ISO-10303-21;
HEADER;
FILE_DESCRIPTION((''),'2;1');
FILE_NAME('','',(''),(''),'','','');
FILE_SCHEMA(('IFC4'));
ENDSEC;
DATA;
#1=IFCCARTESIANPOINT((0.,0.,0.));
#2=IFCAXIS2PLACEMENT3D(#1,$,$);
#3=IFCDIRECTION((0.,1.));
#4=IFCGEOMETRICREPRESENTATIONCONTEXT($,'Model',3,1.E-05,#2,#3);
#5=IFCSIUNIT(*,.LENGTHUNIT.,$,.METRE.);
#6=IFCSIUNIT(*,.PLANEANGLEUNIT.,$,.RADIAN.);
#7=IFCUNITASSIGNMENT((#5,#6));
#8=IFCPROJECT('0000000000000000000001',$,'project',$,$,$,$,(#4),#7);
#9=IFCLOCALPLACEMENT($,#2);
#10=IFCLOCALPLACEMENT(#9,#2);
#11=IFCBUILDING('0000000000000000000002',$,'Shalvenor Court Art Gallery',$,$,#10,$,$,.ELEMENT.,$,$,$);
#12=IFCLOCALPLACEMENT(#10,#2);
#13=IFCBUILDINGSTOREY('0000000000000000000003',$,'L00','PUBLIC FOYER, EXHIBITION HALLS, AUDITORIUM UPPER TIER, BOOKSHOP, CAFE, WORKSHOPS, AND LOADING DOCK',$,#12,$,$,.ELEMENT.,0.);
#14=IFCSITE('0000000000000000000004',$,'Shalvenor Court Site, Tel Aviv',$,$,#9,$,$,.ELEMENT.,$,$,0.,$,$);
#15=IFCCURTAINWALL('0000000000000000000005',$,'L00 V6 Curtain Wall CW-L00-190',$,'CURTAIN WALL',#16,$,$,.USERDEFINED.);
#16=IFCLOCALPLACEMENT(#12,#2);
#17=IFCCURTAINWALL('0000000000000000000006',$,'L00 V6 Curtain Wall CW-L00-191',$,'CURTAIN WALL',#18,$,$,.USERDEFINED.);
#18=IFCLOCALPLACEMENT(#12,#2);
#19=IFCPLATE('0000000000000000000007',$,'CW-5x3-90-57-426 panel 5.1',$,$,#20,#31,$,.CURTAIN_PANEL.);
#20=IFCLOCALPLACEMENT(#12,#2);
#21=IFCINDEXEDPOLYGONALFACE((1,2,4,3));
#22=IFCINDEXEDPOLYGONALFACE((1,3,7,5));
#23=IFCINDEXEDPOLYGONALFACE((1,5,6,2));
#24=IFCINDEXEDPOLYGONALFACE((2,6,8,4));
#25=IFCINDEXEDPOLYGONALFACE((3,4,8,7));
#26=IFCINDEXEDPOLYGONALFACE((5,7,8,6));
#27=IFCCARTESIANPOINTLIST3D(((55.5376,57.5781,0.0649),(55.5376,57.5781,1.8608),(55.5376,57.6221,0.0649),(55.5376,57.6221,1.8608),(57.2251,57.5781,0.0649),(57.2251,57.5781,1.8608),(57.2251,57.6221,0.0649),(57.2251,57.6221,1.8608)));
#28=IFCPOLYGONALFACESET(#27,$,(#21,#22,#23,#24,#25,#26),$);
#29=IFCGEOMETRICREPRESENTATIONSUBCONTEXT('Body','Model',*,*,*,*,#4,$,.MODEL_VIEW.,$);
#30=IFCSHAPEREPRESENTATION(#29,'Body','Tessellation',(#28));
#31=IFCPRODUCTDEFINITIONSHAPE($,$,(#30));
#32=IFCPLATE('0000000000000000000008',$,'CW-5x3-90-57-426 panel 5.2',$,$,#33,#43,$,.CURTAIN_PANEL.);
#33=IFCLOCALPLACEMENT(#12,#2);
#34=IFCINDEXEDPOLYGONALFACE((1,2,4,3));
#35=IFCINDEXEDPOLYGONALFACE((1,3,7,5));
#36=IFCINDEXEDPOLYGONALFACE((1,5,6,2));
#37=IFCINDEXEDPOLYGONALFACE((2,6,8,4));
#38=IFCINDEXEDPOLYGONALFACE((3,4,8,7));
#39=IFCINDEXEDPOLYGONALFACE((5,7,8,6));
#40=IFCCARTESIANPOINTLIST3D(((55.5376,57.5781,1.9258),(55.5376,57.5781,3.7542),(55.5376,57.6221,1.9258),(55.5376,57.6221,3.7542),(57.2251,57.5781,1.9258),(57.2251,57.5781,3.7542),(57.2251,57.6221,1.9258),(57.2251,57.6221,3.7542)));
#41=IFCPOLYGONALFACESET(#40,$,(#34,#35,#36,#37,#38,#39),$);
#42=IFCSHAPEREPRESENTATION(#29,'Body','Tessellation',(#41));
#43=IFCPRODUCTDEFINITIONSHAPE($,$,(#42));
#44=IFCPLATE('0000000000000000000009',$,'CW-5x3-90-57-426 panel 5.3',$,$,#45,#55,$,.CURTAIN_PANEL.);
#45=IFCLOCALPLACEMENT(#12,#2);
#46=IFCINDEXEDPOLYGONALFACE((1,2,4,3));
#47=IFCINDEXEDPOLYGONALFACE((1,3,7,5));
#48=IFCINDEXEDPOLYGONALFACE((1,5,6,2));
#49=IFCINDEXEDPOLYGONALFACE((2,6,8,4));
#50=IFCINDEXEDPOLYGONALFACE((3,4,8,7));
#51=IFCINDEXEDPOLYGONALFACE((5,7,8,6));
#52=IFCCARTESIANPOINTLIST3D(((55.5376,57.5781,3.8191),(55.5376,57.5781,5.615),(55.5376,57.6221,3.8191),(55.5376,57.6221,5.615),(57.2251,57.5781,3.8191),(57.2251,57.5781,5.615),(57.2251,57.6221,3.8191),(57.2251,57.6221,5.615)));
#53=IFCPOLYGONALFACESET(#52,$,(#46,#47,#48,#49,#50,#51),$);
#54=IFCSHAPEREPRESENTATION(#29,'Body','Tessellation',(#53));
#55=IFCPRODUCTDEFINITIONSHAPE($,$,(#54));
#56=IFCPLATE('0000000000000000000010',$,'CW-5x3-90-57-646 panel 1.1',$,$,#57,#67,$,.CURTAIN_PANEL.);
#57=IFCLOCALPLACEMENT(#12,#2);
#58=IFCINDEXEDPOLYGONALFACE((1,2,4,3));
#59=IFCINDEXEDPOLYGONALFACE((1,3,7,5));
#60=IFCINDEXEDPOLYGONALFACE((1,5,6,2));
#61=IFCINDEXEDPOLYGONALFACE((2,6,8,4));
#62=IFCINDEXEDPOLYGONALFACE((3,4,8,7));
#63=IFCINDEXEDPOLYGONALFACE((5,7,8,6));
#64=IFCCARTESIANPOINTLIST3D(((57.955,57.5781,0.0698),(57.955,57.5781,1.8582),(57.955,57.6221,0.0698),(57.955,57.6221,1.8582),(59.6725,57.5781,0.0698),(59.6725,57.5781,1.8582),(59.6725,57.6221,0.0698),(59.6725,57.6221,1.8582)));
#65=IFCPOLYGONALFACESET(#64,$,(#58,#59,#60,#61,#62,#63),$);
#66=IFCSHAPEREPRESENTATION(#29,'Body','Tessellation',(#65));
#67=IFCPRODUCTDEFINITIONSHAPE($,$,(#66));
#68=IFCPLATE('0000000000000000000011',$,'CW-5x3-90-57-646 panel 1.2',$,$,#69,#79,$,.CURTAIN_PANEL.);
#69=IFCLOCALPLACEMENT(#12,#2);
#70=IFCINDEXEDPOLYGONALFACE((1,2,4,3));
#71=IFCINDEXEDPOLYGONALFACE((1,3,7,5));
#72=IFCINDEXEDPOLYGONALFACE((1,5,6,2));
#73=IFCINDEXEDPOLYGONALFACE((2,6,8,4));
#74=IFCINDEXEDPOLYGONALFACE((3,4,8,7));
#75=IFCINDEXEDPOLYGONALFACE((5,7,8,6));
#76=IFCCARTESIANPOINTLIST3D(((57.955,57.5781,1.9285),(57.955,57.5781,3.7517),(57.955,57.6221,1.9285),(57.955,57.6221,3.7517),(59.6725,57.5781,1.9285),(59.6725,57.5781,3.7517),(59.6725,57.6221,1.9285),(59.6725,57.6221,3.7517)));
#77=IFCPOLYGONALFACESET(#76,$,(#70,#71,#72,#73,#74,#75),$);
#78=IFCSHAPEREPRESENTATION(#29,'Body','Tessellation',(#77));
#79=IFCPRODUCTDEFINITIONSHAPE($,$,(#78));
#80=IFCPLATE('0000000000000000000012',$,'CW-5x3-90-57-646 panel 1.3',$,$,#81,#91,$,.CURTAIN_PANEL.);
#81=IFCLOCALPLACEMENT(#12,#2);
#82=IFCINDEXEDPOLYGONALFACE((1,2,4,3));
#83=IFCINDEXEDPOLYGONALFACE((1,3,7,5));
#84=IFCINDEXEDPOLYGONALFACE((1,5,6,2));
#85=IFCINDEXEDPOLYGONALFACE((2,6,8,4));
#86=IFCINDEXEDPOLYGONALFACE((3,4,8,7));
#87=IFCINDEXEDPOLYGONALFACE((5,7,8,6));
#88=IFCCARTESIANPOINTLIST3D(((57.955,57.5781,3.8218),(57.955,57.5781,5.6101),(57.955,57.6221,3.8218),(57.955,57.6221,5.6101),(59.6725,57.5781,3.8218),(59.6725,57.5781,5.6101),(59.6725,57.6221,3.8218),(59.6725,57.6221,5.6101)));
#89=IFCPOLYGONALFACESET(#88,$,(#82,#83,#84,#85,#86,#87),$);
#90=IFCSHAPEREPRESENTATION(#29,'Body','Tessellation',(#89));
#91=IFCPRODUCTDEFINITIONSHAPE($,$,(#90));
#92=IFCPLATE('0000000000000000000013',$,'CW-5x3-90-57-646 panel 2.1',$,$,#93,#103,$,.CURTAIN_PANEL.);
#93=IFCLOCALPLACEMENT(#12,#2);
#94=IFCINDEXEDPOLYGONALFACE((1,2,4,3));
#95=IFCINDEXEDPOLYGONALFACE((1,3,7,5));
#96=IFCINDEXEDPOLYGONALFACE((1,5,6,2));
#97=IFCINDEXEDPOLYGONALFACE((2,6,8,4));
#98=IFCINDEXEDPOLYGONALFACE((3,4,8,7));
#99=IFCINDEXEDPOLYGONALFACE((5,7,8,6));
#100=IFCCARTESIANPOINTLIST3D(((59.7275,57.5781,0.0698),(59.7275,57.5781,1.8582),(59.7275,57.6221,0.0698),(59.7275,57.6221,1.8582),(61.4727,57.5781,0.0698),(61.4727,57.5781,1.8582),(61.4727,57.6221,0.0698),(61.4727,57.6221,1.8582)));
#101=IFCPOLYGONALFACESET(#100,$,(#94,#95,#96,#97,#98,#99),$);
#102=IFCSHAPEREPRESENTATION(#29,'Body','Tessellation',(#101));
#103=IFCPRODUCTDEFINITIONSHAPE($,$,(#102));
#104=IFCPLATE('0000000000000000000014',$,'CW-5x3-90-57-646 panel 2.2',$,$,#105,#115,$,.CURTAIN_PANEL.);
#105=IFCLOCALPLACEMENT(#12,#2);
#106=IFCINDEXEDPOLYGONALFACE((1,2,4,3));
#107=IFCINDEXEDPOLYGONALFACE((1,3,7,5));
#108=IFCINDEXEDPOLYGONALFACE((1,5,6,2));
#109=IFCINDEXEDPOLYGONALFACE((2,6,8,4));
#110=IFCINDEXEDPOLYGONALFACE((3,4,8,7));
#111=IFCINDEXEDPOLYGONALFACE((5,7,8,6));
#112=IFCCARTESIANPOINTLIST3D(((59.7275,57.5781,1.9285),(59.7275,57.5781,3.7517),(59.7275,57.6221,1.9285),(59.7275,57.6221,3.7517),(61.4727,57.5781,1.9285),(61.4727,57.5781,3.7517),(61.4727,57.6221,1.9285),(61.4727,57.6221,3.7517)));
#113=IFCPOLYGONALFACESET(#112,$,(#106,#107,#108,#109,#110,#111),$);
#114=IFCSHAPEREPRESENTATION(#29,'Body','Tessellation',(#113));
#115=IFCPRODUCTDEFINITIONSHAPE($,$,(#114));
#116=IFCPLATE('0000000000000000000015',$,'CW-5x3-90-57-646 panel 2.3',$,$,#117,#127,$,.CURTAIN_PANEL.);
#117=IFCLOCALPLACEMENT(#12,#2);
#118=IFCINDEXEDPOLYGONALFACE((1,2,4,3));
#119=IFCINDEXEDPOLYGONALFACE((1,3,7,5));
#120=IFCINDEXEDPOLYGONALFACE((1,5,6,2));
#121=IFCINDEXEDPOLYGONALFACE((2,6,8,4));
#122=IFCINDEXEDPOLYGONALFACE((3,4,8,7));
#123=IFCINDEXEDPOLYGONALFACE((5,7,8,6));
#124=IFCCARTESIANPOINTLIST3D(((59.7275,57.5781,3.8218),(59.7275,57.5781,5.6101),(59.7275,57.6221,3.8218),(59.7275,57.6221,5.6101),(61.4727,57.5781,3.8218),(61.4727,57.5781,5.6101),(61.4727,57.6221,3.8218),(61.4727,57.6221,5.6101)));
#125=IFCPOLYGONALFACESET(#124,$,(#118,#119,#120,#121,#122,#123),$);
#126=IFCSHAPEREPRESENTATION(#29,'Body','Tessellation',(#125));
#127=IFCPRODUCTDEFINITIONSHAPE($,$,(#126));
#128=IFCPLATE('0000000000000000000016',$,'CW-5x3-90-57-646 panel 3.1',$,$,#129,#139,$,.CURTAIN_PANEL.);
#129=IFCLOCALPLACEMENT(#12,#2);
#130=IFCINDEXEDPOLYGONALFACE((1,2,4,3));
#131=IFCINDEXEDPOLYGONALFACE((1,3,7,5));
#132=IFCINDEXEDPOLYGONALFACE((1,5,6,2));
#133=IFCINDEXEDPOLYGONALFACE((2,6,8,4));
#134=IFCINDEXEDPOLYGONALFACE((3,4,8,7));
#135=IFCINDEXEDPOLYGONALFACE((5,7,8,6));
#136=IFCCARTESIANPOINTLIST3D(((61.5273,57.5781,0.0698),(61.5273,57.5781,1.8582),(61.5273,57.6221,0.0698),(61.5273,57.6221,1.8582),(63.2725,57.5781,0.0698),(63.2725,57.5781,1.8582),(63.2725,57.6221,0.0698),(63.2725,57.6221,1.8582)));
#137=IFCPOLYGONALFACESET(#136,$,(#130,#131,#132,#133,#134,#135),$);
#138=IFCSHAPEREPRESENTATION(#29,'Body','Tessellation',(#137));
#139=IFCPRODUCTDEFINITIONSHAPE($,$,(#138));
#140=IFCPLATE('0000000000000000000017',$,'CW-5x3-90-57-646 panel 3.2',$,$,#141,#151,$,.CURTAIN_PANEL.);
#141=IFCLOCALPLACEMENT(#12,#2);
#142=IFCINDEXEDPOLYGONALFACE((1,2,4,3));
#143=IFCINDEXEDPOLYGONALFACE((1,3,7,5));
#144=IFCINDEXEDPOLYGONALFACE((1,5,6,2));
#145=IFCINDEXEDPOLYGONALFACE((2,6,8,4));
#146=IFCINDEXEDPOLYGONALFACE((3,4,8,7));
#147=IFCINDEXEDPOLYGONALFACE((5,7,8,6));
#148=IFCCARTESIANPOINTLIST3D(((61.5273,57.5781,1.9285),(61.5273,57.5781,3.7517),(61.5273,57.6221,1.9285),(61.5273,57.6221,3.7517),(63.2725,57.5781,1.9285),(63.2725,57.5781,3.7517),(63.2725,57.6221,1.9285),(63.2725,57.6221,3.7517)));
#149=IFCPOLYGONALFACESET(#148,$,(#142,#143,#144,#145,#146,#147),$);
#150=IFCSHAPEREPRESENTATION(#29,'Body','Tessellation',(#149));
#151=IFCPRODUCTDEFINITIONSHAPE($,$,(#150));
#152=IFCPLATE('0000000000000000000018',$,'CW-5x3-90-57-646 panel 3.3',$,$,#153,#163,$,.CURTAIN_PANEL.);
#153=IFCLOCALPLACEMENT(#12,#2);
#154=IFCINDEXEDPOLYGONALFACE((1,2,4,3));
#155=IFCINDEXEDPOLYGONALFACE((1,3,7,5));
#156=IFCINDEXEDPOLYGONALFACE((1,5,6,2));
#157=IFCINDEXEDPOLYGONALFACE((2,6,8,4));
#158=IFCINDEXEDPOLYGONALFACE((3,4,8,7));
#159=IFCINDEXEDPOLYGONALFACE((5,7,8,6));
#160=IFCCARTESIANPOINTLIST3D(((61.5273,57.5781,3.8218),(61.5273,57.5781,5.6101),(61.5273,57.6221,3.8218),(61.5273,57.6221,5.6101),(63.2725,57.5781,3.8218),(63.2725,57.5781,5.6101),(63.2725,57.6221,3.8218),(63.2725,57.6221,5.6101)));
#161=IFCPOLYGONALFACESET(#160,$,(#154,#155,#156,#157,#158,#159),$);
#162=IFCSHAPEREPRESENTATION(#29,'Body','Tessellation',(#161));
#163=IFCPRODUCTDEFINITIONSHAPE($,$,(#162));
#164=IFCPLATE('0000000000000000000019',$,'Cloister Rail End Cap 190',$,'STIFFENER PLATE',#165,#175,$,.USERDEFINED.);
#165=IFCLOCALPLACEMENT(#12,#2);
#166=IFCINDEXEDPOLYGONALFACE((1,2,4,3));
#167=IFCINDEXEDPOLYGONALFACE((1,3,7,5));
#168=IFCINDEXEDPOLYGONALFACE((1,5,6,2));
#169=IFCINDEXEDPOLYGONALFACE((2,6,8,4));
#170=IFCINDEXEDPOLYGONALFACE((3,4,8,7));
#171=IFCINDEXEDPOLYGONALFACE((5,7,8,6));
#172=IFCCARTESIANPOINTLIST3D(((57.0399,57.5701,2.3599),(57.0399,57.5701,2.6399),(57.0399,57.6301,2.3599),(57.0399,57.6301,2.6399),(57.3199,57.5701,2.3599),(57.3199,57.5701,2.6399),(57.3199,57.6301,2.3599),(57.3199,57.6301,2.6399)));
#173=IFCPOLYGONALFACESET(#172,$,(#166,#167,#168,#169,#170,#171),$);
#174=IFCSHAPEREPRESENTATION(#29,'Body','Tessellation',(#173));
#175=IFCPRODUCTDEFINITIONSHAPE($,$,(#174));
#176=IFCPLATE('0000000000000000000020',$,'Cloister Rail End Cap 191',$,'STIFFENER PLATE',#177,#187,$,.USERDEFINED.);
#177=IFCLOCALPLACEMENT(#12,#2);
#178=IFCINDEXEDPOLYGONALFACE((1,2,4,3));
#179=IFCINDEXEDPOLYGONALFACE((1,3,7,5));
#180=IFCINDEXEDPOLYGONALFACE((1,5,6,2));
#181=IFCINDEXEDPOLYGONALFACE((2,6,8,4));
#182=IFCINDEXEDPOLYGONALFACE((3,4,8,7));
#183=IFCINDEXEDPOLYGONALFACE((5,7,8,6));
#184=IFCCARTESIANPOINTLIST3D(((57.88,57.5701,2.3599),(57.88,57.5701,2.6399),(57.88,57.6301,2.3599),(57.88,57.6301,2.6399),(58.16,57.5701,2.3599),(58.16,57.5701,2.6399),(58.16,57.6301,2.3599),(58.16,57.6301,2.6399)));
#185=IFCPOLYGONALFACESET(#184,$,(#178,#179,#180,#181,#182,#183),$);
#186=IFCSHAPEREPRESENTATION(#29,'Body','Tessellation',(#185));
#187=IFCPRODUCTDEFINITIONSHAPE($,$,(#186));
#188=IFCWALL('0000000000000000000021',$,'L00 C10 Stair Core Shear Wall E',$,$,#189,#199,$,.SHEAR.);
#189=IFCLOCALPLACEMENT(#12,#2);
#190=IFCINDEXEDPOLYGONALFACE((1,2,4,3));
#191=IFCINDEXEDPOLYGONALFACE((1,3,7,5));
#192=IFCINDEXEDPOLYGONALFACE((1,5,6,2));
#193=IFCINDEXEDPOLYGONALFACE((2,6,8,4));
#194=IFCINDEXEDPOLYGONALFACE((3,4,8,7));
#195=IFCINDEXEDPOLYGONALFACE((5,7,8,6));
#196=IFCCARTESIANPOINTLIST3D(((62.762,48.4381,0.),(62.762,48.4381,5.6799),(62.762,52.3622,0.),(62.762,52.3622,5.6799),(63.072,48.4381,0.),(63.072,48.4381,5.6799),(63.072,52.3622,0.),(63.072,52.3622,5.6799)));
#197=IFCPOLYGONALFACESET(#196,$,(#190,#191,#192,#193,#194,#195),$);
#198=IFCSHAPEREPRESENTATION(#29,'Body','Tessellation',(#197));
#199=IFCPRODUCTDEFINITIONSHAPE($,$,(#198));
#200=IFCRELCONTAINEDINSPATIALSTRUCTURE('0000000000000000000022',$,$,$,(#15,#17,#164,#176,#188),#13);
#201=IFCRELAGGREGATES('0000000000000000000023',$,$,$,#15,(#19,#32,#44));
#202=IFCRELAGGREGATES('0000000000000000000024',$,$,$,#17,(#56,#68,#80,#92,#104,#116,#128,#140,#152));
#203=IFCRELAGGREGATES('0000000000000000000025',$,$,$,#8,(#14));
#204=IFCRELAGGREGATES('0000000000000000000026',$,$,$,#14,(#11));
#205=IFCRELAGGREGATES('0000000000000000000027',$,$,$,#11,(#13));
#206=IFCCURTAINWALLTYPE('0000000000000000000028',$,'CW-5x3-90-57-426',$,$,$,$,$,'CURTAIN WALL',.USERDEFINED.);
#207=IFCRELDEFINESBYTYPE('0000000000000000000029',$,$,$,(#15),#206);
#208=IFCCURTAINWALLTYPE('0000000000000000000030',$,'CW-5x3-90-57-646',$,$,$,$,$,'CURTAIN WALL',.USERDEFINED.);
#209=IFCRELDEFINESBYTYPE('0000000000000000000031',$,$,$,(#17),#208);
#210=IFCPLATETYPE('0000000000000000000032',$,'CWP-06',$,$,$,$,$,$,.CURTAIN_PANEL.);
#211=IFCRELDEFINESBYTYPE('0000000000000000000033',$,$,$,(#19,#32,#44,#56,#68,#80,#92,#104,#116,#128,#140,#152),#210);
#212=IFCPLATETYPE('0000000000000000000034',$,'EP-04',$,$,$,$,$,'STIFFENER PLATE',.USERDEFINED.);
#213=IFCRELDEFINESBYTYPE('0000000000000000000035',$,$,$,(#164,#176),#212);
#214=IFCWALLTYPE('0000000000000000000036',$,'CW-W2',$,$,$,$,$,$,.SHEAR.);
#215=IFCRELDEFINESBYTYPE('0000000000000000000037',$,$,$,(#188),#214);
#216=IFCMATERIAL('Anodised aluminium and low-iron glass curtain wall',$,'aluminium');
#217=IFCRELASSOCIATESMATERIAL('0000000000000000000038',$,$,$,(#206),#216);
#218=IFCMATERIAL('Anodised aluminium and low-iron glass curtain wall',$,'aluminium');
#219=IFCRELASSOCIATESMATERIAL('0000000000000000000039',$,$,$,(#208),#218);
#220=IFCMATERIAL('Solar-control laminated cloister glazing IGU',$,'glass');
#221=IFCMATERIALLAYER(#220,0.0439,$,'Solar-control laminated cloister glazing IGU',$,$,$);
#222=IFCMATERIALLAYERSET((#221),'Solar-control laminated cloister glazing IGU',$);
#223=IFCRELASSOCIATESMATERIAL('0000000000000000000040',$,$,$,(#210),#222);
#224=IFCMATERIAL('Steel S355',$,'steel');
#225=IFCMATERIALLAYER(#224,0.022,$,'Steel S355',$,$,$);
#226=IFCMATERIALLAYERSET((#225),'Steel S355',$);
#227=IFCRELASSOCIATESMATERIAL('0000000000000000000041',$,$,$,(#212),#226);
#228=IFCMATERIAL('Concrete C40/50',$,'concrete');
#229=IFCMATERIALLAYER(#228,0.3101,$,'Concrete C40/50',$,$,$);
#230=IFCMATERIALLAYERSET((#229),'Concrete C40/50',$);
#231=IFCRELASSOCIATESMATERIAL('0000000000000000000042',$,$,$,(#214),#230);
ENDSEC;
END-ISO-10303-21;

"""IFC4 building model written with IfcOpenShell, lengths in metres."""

from ifc_helpers import new_model, si_unit, direction, frame, frame_2d, origin, origin_2d, place, context, subcontext, project, spatial, rectangle, extrude, material, layer, layer_set, type_object, element, aggregate, save


model = new_model("IFC4")

# Units and contexts
model_context = context("Model", 3, precision=1e-05, world=origin(), true_north=direction((0.0, 1.0)))
body_context = subcontext(model_context, "Body", "Model", "MODEL_VIEW")
ifc_project = project(units=[si_unit("LENGTHUNIT", "METRE"), si_unit("PLANEANGLEUNIT", "RADIAN")], contexts=[model_context])

# Site, building, storey
site_placement = place(None, origin())
site = spatial("IfcSite", under=ifc_project, at=site_placement, Name="Shalvenor Court Site, Tel Aviv", CompositionType="ELEMENT", RefElevation=0.0)
building_placement = place(site_placement, origin())
building = spatial("IfcBuilding", under=site, at=building_placement, Name="Shalvenor Court Art Gallery", CompositionType="ELEMENT")
storey_placement = place(building_placement, origin())
storey = spatial("IfcBuildingStorey", under=building, at=storey_placement, Name="L00", Description="PUBLIC FOYER, EXHIBITION HALLS, AUDITORIUM UPPER TIER, BOOKSHOP, CAFE, WORKSHOPS, AND LOADING DOCK", CompositionType="ELEMENT", Elevation=0.0)

# Curtain walls
ifc_material_1 = material(Name="Anodised aluminium and low-iron glass curtain wall", Category="aluminium")
curtain_wall_type_1 = type_object("IfcCurtainWallType", Name="CW-5x3-90-57-426", ElementType="CURTAIN WALL", PredefinedType="USERDEFINED", material=ifc_material_1)
curtain_wall_1_placement = place(storey_placement, origin())
curtain_wall_1 = element("IfcCurtainWall", 1, at=curtain_wall_1_placement, inside=storey, type_object=curtain_wall_type_1, Name="L00 V6 Curtain Wall CW-L00-190", ObjectType="CURTAIN WALL", PredefinedType="USERDEFINED")
ifc_material_2 = material(Name="Anodised aluminium and low-iron glass curtain wall", Category="aluminium")
curtain_wall_type_2 = type_object("IfcCurtainWallType", Name="CW-5x3-90-57-646", ElementType="CURTAIN WALL", PredefinedType="USERDEFINED", material=ifc_material_2)
curtain_wall_2_placement = place(storey_placement, origin())
curtain_wall_2 = element("IfcCurtainWall", 2, at=curtain_wall_2_placement, inside=storey, type_object=curtain_wall_type_2, Name="L00 V6 Curtain Wall CW-L00-191", ObjectType="CURTAIN WALL", PredefinedType="USERDEFINED")

# Plates
ifc_material_3 = material(Name="Solar-control laminated cloister glazing IGU", Category="glass")
ifc_layer_1 = layer(ifc_material_3, 0.0439, Name="Solar-control laminated cloister glazing IGU")
ifc_layer_set_1 = layer_set([ifc_layer_1], Name="Solar-control laminated cloister glazing IGU")
plate_type_1 = type_object("IfcPlateType", Name="CWP-06", PredefinedType="CURTAIN_PANEL", material=ifc_layer_set_1)
plate_1_placement = place(storey_placement, frame((56.3813, 57.6001, 0.0649), z_axis=(0.0, 0.0, 1.0), x_axis=(1.0, 0.0, 0.0)))
plate_1 = element("IfcPlate", 3, at=plate_1_placement, type_object=plate_type_1, Name="CW-5x3-90-57-426 panel 5.1", PredefinedType="CURTAIN_PANEL", context=body_context, shape_type="SweptSolid", body=[
    extrude(rectangle(XDim=1.6875, YDim=0.0439, at=origin_2d()), origin(), (0.0, 0.0, 1.0), 1.7959),
])
plate_2_placement = place(storey_placement, frame((56.3813, 57.6001, 1.9258), z_axis=(0.0, 0.0, 1.0), x_axis=(1.0, 0.0, 0.0)))
plate_2 = element("IfcPlate", 4, at=plate_2_placement, type_object=plate_type_1, Name="CW-5x3-90-57-426 panel 5.2", PredefinedType="CURTAIN_PANEL", context=body_context, shape_type="SweptSolid", body=[
    extrude(rectangle(XDim=1.6875, YDim=0.0439, at=origin_2d()), origin(), (0.0, 0.0, 1.0), 1.8284),
])
plate_3_placement = place(storey_placement, frame((56.3813, 57.6001, 3.8191), z_axis=(0.0, 0.0, 1.0), x_axis=(1.0, 0.0, 0.0)))
plate_3 = element("IfcPlate", 5, at=plate_3_placement, type_object=plate_type_1, Name="CW-5x3-90-57-426 panel 5.3", PredefinedType="CURTAIN_PANEL", context=body_context, shape_type="SweptSolid", body=[
    extrude(rectangle(XDim=1.6875, YDim=0.0439, at=origin_2d()), origin(), (0.0, 0.0, 1.0), 1.7959),
])
aggregate(curtain_wall_1, [plate_1, plate_2, plate_3])
plate_4_placement = place(storey_placement, frame((58.8137, 57.6001, 0.0698), z_axis=(0.0, 0.0, 1.0), x_axis=(1.0, 0.0, 0.0)))
plate_4 = element("IfcPlate", 6, at=plate_4_placement, type_object=plate_type_1, Name="CW-5x3-90-57-646 panel 1.1", PredefinedType="CURTAIN_PANEL", context=body_context, shape_type="SweptSolid", body=[
    extrude(rectangle(XDim=1.7175, YDim=0.0439, at=origin_2d()), origin(), (0.0, 0.0, 1.0), 1.7883),
])
plate_5_placement = place(storey_placement, frame((58.8137, 57.6001, 1.9285), z_axis=(0.0, 0.0, 1.0), x_axis=(1.0, 0.0, 0.0)))
plate_5 = element("IfcPlate", 7, at=plate_5_placement, type_object=plate_type_1, Name="CW-5x3-90-57-646 panel 1.2", PredefinedType="CURTAIN_PANEL", context=body_context, shape_type="SweptSolid", body=[
    extrude(rectangle(XDim=1.7175, YDim=0.0439, at=origin_2d()), origin(), (0.0, 0.0, 1.0), 1.8232),
])
plate_6_placement = place(storey_placement, frame((58.8137, 57.6001, 3.8218), z_axis=(0.0, 0.0, 1.0), x_axis=(1.0, 0.0, 0.0)))
plate_6 = element("IfcPlate", 8, at=plate_6_placement, type_object=plate_type_1, Name="CW-5x3-90-57-646 panel 1.3", PredefinedType="CURTAIN_PANEL", context=body_context, shape_type="SweptSolid", body=[
    extrude(rectangle(XDim=1.7175, YDim=0.0439, at=origin_2d()), origin(), (0.0, 0.0, 1.0), 1.7883),
])
plate_7_placement = place(storey_placement, frame((60.6001, 57.6001, 0.0698), z_axis=(0.0, 0.0, 1.0), x_axis=(1.0, 0.0, 0.0)))
plate_7 = element("IfcPlate", 9, at=plate_7_placement, type_object=plate_type_1, Name="CW-5x3-90-57-646 panel 2.1", PredefinedType="CURTAIN_PANEL", context=body_context, shape_type="SweptSolid", body=[
    extrude(rectangle(XDim=1.7451, YDim=0.0439, at=origin_2d()), origin(), (0.0, 0.0, 1.0), 1.7883),
])
plate_8_placement = place(storey_placement, frame((60.6001, 57.6001, 1.9285), z_axis=(0.0, 0.0, 1.0), x_axis=(1.0, 0.0, 0.0)))
plate_8 = element("IfcPlate", 10, at=plate_8_placement, type_object=plate_type_1, Name="CW-5x3-90-57-646 panel 2.2", PredefinedType="CURTAIN_PANEL", context=body_context, shape_type="SweptSolid", body=[
    extrude(rectangle(XDim=1.7451, YDim=0.0439, at=origin_2d()), origin(), (0.0, 0.0, 1.0), 1.8232),
])
plate_9_placement = place(storey_placement, frame((60.6001, 57.6001, 3.8218), z_axis=(0.0, 0.0, 1.0), x_axis=(1.0, 0.0, 0.0)))
plate_9 = element("IfcPlate", 11, at=plate_9_placement, type_object=plate_type_1, Name="CW-5x3-90-57-646 panel 2.3", PredefinedType="CURTAIN_PANEL", context=body_context, shape_type="SweptSolid", body=[
    extrude(rectangle(XDim=1.7451, YDim=0.0439, at=origin_2d()), origin(), (0.0, 0.0, 1.0), 1.7883),
])
plate_10_placement = place(storey_placement, frame((62.3999, 57.6001, 0.0698), z_axis=(0.0, 0.0, 1.0), x_axis=(1.0, 0.0, 0.0)))
plate_10 = element("IfcPlate", 12, at=plate_10_placement, type_object=plate_type_1, Name="CW-5x3-90-57-646 panel 3.1", PredefinedType="CURTAIN_PANEL", context=body_context, shape_type="SweptSolid", body=[
    extrude(rectangle(XDim=1.7451, YDim=0.0439, at=origin_2d()), origin(), (0.0, 0.0, 1.0), 1.7883),
])
plate_11_placement = place(storey_placement, frame((62.3999, 57.6001, 1.9285), z_axis=(0.0, 0.0, 1.0), x_axis=(1.0, 0.0, 0.0)))
plate_11 = element("IfcPlate", 13, at=plate_11_placement, type_object=plate_type_1, Name="CW-5x3-90-57-646 panel 3.2", PredefinedType="CURTAIN_PANEL", context=body_context, shape_type="SweptSolid", body=[
    extrude(rectangle(XDim=1.7451, YDim=0.0439, at=origin_2d()), origin(), (0.0, 0.0, 1.0), 1.8232),
])
plate_12_placement = place(storey_placement, frame((62.3999, 57.6001, 3.8218), z_axis=(0.0, 0.0, 1.0), x_axis=(1.0, 0.0, 0.0)))
plate_12 = element("IfcPlate", 14, at=plate_12_placement, type_object=plate_type_1, Name="CW-5x3-90-57-646 panel 3.3", PredefinedType="CURTAIN_PANEL", context=body_context, shape_type="SweptSolid", body=[
    extrude(rectangle(XDim=1.7451, YDim=0.0439, at=origin_2d()), origin(), (0.0, 0.0, 1.0), 1.7883),
])
aggregate(curtain_wall_2, [plate_4, plate_5, plate_6, plate_7, plate_8, plate_9, plate_10, plate_11, plate_12])

# Plates
ifc_material_4 = material(Name="Steel S355", Category="steel")
ifc_layer_2 = layer(ifc_material_4, 0.022, Name="Steel S355")
ifc_layer_set_2 = layer_set([ifc_layer_2], Name="Steel S355")
plate_type_2 = type_object("IfcPlateType", Name="EP-04", ElementType="STIFFENER PLATE", PredefinedType="USERDEFINED", material=ifc_layer_set_2)
for number, where, z_axis, x_axis, name in (
    (15, (57.1799, 57.6001, 2.3599), (0.0, 0.0, 1.0), (1.0, 0.0, 0.0), "Cloister Rail End Cap 190"),
    (16, (58.02, 57.6001, 2.3599), (0.0, 0.0, 1.0), (1.0, 0.0, 0.0), "Cloister Rail End Cap 191"),
):
    element("IfcPlate", number, at=place(storey_placement, frame(where, z_axis=z_axis, x_axis=x_axis)), inside=storey, type_object=plate_type_2, Name=name, ObjectType="STIFFENER PLATE", PredefinedType="USERDEFINED", context=body_context, shape_type="SweptSolid", body=[
        extrude(rectangle(XDim=0.28, YDim=0.0601, at=origin_2d()), origin(), (0.0, 0.0, 1.0), 0.28),
    ])

# Wall
ifc_material_5 = material(Name="Concrete C40/50", Category="concrete")
ifc_layer_3 = layer(ifc_material_5, 0.3101, Name="Concrete C40/50")
ifc_layer_set_3 = layer_set([ifc_layer_3], Name="Concrete C40/50")
wall_type_1 = type_object("IfcWallType", Name="CW-W2", PredefinedType="SHEAR", material=ifc_layer_set_3)
wall_1_placement = place(storey_placement, frame((62.917, 52.3621, 0.0), z_axis=(0.0, 0.0, 1.0), x_axis=(0.0, -1.0, 0.0)))
element("IfcWall", 17, at=wall_1_placement, inside=storey, type_object=wall_type_1, Name="L00 C10 Stair Core Shear Wall E", PredefinedType="SHEAR", context=body_context, shape_type="SweptSolid", body=[
    extrude(rectangle(XDim=3.9241, YDim=0.3101, at=frame_2d((1.9619, 0.0))), origin(), (0.0, 0.0, 1.0), 5.6799),
])

save(model, "model.ifc")
